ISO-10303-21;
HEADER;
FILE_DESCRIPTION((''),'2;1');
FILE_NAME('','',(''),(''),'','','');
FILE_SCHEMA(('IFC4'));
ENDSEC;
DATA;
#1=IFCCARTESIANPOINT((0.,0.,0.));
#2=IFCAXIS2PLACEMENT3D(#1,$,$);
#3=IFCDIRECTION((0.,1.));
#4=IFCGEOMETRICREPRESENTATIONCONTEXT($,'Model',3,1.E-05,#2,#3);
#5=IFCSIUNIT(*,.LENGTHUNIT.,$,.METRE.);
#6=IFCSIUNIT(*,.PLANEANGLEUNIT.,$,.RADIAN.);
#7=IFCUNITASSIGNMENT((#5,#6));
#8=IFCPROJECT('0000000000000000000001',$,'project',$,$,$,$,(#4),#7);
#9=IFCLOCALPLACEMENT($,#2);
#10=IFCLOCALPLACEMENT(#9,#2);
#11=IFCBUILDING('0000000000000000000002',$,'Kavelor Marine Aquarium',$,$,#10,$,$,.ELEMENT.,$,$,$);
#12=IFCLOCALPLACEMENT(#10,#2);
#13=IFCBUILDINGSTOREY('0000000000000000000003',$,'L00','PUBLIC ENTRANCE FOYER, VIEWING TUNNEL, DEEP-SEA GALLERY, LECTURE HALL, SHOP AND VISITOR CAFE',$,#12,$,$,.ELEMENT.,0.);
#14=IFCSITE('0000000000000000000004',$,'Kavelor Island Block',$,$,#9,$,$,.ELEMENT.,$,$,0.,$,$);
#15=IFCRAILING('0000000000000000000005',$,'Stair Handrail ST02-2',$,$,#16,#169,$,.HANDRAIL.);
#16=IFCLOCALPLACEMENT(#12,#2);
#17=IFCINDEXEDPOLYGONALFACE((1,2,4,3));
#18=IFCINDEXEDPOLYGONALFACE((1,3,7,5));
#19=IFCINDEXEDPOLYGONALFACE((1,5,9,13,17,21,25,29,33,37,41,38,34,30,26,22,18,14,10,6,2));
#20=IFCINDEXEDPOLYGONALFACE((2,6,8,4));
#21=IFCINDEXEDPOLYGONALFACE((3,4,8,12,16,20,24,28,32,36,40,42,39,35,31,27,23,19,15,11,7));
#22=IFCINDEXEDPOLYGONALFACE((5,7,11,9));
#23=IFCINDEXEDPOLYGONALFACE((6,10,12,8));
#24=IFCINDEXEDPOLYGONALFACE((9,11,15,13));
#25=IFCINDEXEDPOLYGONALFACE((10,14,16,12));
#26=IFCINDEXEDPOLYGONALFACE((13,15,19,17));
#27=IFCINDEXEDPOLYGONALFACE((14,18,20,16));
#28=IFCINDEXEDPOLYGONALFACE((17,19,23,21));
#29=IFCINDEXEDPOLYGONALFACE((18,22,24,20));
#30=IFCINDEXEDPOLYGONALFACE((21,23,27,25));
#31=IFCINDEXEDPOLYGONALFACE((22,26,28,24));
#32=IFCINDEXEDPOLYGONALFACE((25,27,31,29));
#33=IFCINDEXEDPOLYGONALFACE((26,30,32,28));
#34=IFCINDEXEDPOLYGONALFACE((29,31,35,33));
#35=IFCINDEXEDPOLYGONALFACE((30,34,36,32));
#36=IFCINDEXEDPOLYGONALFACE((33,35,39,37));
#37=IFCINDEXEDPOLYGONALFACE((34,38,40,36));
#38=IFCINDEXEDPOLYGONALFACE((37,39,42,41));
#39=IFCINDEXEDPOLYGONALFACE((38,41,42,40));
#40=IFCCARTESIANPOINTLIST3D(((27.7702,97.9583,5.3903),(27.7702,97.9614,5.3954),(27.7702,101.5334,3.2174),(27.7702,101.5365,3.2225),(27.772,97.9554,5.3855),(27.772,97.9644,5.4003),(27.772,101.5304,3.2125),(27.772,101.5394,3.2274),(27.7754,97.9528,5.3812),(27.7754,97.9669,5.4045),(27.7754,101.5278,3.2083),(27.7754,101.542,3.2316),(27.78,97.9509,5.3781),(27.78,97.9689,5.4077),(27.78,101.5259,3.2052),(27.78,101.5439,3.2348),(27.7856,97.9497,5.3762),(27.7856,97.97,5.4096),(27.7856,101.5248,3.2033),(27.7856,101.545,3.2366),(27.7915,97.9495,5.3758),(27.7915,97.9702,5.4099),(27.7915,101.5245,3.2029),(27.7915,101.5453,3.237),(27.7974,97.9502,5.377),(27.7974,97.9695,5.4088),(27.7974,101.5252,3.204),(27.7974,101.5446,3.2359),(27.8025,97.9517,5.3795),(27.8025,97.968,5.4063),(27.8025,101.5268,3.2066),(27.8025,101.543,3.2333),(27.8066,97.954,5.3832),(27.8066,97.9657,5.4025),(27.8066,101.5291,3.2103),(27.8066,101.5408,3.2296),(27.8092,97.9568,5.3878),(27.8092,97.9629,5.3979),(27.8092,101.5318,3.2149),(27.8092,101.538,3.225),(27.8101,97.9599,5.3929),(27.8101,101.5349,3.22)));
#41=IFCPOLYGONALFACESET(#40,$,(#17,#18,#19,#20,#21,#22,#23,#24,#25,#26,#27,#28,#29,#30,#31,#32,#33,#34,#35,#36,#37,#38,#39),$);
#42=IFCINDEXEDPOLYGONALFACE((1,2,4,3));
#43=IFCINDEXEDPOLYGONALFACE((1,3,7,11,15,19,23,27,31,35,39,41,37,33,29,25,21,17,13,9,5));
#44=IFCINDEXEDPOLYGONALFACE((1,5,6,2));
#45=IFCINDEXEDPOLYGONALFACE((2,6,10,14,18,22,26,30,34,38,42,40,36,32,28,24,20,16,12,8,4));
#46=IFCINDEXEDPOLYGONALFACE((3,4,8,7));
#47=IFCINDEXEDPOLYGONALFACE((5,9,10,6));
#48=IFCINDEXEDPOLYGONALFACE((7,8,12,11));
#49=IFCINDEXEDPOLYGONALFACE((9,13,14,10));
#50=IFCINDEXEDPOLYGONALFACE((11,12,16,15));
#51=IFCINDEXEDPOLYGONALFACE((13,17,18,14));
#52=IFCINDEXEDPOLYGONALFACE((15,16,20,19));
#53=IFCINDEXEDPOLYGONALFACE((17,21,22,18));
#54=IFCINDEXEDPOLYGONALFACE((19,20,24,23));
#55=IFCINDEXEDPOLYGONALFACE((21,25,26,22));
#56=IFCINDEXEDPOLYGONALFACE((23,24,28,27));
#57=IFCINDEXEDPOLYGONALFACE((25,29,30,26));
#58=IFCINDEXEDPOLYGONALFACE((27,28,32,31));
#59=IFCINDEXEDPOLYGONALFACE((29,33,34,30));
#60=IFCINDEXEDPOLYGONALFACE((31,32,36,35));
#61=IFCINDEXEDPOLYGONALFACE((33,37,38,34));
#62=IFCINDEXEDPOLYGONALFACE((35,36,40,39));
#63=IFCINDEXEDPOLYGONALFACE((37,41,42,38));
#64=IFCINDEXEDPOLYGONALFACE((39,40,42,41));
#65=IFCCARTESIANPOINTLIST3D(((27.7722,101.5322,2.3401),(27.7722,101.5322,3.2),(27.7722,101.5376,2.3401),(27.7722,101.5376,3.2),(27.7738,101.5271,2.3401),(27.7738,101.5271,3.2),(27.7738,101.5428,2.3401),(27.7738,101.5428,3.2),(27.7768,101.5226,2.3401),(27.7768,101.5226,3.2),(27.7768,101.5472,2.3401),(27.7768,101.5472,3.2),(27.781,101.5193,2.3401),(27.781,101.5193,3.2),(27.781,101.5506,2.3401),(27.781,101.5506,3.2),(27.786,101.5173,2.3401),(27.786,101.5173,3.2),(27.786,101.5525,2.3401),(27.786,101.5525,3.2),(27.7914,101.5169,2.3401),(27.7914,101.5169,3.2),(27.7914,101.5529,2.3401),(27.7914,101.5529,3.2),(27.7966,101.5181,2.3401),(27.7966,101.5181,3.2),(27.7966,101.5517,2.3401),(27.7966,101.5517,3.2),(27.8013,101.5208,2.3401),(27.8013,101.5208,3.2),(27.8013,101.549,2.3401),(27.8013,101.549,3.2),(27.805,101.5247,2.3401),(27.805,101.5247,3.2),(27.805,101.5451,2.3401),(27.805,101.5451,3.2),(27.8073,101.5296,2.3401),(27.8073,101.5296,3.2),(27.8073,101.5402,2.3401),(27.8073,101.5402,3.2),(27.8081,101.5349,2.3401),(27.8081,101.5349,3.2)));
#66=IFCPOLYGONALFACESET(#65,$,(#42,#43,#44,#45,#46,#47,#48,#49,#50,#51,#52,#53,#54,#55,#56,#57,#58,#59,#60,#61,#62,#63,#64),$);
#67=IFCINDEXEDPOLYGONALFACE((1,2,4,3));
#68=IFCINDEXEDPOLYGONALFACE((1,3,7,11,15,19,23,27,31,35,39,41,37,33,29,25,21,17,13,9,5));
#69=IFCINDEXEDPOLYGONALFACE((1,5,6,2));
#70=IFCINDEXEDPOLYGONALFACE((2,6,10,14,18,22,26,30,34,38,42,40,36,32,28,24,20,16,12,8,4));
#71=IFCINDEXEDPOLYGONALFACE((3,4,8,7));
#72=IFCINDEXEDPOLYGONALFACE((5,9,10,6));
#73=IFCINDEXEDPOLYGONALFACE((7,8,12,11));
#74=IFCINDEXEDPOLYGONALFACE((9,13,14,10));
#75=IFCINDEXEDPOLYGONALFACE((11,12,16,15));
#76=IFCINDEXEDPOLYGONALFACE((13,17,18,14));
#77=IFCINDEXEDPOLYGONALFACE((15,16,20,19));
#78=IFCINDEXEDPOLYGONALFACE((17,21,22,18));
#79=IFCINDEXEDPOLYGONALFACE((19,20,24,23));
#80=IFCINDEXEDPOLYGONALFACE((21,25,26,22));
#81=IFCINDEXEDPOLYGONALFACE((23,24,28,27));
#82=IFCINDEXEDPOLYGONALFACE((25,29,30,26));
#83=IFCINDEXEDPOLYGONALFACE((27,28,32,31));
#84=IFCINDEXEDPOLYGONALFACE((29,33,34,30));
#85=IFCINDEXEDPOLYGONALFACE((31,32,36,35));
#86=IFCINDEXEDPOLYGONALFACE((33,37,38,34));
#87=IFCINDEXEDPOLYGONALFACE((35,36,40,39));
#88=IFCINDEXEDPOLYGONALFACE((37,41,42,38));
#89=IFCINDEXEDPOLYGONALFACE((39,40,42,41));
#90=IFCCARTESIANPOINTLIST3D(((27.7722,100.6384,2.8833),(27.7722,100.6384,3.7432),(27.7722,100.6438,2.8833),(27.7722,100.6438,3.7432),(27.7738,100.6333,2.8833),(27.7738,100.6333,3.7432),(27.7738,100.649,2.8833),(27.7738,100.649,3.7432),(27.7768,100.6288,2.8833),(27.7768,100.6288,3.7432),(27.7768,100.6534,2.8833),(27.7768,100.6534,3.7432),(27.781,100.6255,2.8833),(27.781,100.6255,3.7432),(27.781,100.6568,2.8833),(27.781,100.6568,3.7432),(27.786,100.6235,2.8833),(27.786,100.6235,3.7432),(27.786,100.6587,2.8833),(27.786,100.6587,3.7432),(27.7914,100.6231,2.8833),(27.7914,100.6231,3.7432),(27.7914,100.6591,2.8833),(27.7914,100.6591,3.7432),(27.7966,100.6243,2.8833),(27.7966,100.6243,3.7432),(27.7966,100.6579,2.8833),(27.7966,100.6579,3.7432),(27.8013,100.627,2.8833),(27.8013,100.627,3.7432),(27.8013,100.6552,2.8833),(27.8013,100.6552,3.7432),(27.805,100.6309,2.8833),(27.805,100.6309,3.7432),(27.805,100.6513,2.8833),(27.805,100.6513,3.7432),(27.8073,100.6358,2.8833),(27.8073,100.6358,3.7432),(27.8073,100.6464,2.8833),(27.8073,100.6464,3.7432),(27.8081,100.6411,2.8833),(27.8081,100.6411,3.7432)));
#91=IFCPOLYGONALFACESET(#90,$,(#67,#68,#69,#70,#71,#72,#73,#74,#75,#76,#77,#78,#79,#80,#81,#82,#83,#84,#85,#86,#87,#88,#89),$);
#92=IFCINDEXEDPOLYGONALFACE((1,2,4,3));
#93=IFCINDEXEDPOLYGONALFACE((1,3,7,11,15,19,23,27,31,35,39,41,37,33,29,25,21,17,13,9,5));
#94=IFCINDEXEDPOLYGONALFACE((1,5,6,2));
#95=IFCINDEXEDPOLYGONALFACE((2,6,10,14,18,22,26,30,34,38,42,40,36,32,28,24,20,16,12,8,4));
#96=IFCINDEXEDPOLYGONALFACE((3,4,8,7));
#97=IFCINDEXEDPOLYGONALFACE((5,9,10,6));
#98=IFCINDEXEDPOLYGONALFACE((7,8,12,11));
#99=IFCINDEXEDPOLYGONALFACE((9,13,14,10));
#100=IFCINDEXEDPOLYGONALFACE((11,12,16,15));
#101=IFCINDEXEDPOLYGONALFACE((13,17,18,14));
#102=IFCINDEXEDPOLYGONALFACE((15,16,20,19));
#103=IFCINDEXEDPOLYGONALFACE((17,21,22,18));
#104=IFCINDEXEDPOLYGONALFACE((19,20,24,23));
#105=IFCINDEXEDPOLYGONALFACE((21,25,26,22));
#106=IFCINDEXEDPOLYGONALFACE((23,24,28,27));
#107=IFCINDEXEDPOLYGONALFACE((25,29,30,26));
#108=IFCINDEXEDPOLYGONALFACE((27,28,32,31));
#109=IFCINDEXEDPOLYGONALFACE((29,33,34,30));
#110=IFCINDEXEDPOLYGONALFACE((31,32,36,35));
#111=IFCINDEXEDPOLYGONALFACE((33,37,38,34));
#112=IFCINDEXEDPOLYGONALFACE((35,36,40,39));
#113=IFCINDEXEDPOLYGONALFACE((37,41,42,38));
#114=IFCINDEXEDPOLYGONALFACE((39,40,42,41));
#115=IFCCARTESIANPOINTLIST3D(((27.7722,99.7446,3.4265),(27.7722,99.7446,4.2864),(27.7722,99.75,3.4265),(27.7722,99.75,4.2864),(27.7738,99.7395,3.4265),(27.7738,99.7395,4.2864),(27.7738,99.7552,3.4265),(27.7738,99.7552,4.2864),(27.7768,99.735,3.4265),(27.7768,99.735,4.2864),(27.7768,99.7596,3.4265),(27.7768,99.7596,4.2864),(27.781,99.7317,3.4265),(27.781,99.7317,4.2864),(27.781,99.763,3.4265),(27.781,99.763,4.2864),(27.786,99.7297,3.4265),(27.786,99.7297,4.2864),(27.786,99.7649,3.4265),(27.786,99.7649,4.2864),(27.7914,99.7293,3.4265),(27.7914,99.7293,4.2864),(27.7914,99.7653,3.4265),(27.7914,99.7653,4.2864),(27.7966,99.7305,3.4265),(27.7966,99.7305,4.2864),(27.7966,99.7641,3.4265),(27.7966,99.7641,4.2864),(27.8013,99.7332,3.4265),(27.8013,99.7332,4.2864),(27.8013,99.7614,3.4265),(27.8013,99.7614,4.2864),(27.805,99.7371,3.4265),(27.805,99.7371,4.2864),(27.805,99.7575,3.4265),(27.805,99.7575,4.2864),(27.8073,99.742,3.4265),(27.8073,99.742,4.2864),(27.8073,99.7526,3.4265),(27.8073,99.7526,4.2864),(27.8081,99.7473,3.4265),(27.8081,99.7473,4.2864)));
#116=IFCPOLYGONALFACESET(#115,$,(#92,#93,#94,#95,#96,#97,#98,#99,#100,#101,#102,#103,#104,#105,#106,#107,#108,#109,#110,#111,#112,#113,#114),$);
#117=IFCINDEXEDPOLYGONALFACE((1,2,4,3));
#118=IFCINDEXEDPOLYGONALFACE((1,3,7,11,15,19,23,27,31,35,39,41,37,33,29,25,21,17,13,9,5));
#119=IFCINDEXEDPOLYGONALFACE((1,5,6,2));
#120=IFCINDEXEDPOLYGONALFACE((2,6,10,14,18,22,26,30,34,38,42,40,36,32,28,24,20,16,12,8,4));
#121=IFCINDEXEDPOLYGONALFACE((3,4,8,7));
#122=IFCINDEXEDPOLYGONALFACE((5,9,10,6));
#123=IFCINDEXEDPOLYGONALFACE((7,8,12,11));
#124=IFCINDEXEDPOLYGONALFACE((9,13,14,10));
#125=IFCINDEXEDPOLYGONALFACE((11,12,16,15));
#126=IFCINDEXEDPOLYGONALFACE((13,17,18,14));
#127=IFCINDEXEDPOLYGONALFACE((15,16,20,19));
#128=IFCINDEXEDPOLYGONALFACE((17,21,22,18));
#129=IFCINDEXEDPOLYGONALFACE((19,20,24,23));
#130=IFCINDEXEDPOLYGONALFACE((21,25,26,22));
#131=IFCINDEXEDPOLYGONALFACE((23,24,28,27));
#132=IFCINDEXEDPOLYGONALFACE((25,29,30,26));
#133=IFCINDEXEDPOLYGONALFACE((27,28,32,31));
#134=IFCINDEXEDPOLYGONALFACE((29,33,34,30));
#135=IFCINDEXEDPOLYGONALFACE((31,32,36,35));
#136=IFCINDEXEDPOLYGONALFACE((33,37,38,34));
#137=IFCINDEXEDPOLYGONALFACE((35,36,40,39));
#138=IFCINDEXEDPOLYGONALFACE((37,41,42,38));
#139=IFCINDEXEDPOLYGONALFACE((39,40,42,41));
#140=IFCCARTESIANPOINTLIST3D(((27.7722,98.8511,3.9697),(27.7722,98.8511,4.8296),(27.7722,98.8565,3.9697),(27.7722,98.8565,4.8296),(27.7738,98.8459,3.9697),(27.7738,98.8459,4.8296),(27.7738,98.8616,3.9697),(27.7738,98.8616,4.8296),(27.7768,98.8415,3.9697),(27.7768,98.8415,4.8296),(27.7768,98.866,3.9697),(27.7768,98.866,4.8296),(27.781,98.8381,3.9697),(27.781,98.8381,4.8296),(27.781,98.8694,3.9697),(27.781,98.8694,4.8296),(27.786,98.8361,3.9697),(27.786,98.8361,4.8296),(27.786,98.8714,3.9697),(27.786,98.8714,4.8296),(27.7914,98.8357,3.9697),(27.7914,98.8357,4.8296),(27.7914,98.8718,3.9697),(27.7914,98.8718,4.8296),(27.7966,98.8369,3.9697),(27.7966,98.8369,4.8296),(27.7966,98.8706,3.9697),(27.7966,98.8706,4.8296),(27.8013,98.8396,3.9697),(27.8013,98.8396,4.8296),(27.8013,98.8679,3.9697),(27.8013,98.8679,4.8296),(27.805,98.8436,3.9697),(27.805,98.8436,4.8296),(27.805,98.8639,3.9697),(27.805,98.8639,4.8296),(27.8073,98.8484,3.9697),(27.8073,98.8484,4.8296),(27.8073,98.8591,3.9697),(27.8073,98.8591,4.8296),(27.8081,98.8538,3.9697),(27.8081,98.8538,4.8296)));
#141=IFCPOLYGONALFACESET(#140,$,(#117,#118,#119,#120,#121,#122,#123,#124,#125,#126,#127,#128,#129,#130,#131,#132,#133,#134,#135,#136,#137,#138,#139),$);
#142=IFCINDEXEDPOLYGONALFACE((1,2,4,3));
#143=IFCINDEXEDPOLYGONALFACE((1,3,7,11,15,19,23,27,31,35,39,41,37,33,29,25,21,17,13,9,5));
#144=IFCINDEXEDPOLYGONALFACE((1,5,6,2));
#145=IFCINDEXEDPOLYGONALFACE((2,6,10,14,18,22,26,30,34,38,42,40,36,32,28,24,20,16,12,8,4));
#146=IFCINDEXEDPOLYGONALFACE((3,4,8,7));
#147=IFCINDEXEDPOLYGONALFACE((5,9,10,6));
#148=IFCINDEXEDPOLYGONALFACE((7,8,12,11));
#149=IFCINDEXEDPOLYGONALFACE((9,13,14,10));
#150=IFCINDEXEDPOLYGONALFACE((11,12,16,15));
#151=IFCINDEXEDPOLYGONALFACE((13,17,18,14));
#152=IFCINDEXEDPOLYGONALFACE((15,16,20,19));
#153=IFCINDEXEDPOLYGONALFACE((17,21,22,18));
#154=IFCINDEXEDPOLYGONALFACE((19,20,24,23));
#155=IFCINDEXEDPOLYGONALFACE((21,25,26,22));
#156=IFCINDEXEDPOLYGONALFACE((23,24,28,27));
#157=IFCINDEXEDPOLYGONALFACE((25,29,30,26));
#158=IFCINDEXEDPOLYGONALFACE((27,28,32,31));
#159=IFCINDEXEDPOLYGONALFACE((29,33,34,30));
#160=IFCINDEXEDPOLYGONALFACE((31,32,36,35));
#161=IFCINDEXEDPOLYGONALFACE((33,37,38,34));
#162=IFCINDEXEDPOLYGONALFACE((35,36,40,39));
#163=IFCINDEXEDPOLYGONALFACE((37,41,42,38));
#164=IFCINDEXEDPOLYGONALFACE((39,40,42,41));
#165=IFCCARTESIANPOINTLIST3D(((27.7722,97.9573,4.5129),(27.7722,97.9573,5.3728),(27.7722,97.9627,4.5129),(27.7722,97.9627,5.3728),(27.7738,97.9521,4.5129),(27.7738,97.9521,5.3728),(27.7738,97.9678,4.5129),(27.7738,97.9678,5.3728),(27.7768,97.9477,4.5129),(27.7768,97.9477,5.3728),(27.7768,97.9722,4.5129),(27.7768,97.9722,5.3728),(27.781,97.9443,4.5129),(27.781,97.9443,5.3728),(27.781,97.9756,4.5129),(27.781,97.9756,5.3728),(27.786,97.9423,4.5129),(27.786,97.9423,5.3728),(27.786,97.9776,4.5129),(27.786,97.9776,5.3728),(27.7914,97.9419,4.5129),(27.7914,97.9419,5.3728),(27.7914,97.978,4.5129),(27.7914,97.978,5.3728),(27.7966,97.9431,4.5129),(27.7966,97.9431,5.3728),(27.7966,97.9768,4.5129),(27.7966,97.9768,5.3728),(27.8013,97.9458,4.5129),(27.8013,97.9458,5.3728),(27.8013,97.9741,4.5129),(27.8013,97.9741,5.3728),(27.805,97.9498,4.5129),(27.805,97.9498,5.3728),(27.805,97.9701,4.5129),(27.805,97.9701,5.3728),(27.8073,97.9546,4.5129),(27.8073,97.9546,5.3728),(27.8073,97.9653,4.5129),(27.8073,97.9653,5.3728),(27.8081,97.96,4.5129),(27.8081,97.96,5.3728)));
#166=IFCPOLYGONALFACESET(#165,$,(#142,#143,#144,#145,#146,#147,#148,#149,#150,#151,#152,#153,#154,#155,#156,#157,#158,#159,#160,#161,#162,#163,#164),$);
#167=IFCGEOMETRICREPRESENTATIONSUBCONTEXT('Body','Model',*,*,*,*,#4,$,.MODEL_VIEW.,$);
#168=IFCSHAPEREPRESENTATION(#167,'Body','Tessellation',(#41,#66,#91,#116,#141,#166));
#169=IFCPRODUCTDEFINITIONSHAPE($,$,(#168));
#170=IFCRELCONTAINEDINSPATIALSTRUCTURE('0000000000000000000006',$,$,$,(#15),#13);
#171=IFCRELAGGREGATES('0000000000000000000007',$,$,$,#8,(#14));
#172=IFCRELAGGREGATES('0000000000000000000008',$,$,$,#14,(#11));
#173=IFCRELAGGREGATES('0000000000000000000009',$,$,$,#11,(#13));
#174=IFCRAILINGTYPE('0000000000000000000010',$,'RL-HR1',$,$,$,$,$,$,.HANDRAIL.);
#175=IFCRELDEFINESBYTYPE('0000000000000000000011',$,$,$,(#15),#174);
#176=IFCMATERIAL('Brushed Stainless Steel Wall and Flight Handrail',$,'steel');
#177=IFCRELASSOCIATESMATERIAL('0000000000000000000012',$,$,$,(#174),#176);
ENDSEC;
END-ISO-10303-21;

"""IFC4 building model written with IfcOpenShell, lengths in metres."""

from ifc_helpers import new_model, si_unit, direction, frame, origin, origin_2d, place, context, subcontext, project, spatial, circle, extrude, material, type_object, element, save


model = new_model("IFC4")

# Units and contexts
model_context = context("Model", 3, precision=1e-05, world=origin(), true_north=direction((0.0, 1.0)))
body_context = subcontext(model_context, "Body", "Model", "MODEL_VIEW")
ifc_project = project(units=[si_unit("LENGTHUNIT", "METRE"), si_unit("PLANEANGLEUNIT", "RADIAN")], contexts=[model_context])

# Site, building, storey
site_placement = place(None, origin())
site = spatial("IfcSite", under=ifc_project, at=site_placement, Name="Kavelor Island Block", CompositionType="ELEMENT", RefElevation=0.0)
building_placement = place(site_placement, origin())
building = spatial("IfcBuilding", under=site, at=building_placement, Name="Kavelor Marine Aquarium", CompositionType="ELEMENT")
storey_placement = place(building_placement, origin())
storey = spatial("IfcBuildingStorey", under=building, at=storey_placement, Name="L00", Description="PUBLIC ENTRANCE FOYER, VIEWING TUNNEL, DEEP-SEA GALLERY, LECTURE HALL, SHOP AND VISITOR CAFE", CompositionType="ELEMENT", Elevation=0.0)

# Railing
ifc_material_1 = material(Name="Brushed Stainless Steel Wall and Flight Handrail", Category="steel")
railing_type_1 = type_object("IfcRailingType", Name="RL-HR1", PredefinedType="HANDRAIL", material=ifc_material_1)
railing_1_placement = place(storey_placement, frame((27.79, 101.5349, 2.3401)))
element("IfcRailing", 1, at=railing_1_placement, inside=storey, type_object=railing_type_1, Name="Stair Handrail ST02-2", PredefinedType="HANDRAIL", context=body_context, shape_type="SweptSolid", body=[
    extrude(circle(Radius=0.02, at=origin_2d()), frame((0.0, 0.0, 0.8799), z_axis=(0.0, -0.854539, 0.519388), x_axis=(1.0, 0.0, 0.0)), (0.0, 0.0, 1.0), 4.1836),
    extrude(circle(Radius=0.0181, at=origin_2d()), origin(), (0.0, 0.0, 1.0), 0.8599),
    extrude(circle(Radius=0.0181, at=origin_2d()), frame((0.0, -0.8938, 0.5432)), (0.0, 0.0, 1.0), 0.8599),
    extrude(circle(Radius=0.0181, at=origin_2d()), frame((0.0, -1.7876, 1.0864)), (0.0, 0.0, 1.0), 0.8599),
    extrude(circle(Radius=0.0181, at=origin_2d()), frame((0.0, -2.6812, 1.6296)), (0.0, 0.0, 1.0), 0.8599),
    extrude(circle(Radius=0.0181, at=origin_2d()), frame((0.0, -3.575, 2.1729)), (0.0, 0.0, 1.0), 0.8599),
])

save(model, "model.ifc")
